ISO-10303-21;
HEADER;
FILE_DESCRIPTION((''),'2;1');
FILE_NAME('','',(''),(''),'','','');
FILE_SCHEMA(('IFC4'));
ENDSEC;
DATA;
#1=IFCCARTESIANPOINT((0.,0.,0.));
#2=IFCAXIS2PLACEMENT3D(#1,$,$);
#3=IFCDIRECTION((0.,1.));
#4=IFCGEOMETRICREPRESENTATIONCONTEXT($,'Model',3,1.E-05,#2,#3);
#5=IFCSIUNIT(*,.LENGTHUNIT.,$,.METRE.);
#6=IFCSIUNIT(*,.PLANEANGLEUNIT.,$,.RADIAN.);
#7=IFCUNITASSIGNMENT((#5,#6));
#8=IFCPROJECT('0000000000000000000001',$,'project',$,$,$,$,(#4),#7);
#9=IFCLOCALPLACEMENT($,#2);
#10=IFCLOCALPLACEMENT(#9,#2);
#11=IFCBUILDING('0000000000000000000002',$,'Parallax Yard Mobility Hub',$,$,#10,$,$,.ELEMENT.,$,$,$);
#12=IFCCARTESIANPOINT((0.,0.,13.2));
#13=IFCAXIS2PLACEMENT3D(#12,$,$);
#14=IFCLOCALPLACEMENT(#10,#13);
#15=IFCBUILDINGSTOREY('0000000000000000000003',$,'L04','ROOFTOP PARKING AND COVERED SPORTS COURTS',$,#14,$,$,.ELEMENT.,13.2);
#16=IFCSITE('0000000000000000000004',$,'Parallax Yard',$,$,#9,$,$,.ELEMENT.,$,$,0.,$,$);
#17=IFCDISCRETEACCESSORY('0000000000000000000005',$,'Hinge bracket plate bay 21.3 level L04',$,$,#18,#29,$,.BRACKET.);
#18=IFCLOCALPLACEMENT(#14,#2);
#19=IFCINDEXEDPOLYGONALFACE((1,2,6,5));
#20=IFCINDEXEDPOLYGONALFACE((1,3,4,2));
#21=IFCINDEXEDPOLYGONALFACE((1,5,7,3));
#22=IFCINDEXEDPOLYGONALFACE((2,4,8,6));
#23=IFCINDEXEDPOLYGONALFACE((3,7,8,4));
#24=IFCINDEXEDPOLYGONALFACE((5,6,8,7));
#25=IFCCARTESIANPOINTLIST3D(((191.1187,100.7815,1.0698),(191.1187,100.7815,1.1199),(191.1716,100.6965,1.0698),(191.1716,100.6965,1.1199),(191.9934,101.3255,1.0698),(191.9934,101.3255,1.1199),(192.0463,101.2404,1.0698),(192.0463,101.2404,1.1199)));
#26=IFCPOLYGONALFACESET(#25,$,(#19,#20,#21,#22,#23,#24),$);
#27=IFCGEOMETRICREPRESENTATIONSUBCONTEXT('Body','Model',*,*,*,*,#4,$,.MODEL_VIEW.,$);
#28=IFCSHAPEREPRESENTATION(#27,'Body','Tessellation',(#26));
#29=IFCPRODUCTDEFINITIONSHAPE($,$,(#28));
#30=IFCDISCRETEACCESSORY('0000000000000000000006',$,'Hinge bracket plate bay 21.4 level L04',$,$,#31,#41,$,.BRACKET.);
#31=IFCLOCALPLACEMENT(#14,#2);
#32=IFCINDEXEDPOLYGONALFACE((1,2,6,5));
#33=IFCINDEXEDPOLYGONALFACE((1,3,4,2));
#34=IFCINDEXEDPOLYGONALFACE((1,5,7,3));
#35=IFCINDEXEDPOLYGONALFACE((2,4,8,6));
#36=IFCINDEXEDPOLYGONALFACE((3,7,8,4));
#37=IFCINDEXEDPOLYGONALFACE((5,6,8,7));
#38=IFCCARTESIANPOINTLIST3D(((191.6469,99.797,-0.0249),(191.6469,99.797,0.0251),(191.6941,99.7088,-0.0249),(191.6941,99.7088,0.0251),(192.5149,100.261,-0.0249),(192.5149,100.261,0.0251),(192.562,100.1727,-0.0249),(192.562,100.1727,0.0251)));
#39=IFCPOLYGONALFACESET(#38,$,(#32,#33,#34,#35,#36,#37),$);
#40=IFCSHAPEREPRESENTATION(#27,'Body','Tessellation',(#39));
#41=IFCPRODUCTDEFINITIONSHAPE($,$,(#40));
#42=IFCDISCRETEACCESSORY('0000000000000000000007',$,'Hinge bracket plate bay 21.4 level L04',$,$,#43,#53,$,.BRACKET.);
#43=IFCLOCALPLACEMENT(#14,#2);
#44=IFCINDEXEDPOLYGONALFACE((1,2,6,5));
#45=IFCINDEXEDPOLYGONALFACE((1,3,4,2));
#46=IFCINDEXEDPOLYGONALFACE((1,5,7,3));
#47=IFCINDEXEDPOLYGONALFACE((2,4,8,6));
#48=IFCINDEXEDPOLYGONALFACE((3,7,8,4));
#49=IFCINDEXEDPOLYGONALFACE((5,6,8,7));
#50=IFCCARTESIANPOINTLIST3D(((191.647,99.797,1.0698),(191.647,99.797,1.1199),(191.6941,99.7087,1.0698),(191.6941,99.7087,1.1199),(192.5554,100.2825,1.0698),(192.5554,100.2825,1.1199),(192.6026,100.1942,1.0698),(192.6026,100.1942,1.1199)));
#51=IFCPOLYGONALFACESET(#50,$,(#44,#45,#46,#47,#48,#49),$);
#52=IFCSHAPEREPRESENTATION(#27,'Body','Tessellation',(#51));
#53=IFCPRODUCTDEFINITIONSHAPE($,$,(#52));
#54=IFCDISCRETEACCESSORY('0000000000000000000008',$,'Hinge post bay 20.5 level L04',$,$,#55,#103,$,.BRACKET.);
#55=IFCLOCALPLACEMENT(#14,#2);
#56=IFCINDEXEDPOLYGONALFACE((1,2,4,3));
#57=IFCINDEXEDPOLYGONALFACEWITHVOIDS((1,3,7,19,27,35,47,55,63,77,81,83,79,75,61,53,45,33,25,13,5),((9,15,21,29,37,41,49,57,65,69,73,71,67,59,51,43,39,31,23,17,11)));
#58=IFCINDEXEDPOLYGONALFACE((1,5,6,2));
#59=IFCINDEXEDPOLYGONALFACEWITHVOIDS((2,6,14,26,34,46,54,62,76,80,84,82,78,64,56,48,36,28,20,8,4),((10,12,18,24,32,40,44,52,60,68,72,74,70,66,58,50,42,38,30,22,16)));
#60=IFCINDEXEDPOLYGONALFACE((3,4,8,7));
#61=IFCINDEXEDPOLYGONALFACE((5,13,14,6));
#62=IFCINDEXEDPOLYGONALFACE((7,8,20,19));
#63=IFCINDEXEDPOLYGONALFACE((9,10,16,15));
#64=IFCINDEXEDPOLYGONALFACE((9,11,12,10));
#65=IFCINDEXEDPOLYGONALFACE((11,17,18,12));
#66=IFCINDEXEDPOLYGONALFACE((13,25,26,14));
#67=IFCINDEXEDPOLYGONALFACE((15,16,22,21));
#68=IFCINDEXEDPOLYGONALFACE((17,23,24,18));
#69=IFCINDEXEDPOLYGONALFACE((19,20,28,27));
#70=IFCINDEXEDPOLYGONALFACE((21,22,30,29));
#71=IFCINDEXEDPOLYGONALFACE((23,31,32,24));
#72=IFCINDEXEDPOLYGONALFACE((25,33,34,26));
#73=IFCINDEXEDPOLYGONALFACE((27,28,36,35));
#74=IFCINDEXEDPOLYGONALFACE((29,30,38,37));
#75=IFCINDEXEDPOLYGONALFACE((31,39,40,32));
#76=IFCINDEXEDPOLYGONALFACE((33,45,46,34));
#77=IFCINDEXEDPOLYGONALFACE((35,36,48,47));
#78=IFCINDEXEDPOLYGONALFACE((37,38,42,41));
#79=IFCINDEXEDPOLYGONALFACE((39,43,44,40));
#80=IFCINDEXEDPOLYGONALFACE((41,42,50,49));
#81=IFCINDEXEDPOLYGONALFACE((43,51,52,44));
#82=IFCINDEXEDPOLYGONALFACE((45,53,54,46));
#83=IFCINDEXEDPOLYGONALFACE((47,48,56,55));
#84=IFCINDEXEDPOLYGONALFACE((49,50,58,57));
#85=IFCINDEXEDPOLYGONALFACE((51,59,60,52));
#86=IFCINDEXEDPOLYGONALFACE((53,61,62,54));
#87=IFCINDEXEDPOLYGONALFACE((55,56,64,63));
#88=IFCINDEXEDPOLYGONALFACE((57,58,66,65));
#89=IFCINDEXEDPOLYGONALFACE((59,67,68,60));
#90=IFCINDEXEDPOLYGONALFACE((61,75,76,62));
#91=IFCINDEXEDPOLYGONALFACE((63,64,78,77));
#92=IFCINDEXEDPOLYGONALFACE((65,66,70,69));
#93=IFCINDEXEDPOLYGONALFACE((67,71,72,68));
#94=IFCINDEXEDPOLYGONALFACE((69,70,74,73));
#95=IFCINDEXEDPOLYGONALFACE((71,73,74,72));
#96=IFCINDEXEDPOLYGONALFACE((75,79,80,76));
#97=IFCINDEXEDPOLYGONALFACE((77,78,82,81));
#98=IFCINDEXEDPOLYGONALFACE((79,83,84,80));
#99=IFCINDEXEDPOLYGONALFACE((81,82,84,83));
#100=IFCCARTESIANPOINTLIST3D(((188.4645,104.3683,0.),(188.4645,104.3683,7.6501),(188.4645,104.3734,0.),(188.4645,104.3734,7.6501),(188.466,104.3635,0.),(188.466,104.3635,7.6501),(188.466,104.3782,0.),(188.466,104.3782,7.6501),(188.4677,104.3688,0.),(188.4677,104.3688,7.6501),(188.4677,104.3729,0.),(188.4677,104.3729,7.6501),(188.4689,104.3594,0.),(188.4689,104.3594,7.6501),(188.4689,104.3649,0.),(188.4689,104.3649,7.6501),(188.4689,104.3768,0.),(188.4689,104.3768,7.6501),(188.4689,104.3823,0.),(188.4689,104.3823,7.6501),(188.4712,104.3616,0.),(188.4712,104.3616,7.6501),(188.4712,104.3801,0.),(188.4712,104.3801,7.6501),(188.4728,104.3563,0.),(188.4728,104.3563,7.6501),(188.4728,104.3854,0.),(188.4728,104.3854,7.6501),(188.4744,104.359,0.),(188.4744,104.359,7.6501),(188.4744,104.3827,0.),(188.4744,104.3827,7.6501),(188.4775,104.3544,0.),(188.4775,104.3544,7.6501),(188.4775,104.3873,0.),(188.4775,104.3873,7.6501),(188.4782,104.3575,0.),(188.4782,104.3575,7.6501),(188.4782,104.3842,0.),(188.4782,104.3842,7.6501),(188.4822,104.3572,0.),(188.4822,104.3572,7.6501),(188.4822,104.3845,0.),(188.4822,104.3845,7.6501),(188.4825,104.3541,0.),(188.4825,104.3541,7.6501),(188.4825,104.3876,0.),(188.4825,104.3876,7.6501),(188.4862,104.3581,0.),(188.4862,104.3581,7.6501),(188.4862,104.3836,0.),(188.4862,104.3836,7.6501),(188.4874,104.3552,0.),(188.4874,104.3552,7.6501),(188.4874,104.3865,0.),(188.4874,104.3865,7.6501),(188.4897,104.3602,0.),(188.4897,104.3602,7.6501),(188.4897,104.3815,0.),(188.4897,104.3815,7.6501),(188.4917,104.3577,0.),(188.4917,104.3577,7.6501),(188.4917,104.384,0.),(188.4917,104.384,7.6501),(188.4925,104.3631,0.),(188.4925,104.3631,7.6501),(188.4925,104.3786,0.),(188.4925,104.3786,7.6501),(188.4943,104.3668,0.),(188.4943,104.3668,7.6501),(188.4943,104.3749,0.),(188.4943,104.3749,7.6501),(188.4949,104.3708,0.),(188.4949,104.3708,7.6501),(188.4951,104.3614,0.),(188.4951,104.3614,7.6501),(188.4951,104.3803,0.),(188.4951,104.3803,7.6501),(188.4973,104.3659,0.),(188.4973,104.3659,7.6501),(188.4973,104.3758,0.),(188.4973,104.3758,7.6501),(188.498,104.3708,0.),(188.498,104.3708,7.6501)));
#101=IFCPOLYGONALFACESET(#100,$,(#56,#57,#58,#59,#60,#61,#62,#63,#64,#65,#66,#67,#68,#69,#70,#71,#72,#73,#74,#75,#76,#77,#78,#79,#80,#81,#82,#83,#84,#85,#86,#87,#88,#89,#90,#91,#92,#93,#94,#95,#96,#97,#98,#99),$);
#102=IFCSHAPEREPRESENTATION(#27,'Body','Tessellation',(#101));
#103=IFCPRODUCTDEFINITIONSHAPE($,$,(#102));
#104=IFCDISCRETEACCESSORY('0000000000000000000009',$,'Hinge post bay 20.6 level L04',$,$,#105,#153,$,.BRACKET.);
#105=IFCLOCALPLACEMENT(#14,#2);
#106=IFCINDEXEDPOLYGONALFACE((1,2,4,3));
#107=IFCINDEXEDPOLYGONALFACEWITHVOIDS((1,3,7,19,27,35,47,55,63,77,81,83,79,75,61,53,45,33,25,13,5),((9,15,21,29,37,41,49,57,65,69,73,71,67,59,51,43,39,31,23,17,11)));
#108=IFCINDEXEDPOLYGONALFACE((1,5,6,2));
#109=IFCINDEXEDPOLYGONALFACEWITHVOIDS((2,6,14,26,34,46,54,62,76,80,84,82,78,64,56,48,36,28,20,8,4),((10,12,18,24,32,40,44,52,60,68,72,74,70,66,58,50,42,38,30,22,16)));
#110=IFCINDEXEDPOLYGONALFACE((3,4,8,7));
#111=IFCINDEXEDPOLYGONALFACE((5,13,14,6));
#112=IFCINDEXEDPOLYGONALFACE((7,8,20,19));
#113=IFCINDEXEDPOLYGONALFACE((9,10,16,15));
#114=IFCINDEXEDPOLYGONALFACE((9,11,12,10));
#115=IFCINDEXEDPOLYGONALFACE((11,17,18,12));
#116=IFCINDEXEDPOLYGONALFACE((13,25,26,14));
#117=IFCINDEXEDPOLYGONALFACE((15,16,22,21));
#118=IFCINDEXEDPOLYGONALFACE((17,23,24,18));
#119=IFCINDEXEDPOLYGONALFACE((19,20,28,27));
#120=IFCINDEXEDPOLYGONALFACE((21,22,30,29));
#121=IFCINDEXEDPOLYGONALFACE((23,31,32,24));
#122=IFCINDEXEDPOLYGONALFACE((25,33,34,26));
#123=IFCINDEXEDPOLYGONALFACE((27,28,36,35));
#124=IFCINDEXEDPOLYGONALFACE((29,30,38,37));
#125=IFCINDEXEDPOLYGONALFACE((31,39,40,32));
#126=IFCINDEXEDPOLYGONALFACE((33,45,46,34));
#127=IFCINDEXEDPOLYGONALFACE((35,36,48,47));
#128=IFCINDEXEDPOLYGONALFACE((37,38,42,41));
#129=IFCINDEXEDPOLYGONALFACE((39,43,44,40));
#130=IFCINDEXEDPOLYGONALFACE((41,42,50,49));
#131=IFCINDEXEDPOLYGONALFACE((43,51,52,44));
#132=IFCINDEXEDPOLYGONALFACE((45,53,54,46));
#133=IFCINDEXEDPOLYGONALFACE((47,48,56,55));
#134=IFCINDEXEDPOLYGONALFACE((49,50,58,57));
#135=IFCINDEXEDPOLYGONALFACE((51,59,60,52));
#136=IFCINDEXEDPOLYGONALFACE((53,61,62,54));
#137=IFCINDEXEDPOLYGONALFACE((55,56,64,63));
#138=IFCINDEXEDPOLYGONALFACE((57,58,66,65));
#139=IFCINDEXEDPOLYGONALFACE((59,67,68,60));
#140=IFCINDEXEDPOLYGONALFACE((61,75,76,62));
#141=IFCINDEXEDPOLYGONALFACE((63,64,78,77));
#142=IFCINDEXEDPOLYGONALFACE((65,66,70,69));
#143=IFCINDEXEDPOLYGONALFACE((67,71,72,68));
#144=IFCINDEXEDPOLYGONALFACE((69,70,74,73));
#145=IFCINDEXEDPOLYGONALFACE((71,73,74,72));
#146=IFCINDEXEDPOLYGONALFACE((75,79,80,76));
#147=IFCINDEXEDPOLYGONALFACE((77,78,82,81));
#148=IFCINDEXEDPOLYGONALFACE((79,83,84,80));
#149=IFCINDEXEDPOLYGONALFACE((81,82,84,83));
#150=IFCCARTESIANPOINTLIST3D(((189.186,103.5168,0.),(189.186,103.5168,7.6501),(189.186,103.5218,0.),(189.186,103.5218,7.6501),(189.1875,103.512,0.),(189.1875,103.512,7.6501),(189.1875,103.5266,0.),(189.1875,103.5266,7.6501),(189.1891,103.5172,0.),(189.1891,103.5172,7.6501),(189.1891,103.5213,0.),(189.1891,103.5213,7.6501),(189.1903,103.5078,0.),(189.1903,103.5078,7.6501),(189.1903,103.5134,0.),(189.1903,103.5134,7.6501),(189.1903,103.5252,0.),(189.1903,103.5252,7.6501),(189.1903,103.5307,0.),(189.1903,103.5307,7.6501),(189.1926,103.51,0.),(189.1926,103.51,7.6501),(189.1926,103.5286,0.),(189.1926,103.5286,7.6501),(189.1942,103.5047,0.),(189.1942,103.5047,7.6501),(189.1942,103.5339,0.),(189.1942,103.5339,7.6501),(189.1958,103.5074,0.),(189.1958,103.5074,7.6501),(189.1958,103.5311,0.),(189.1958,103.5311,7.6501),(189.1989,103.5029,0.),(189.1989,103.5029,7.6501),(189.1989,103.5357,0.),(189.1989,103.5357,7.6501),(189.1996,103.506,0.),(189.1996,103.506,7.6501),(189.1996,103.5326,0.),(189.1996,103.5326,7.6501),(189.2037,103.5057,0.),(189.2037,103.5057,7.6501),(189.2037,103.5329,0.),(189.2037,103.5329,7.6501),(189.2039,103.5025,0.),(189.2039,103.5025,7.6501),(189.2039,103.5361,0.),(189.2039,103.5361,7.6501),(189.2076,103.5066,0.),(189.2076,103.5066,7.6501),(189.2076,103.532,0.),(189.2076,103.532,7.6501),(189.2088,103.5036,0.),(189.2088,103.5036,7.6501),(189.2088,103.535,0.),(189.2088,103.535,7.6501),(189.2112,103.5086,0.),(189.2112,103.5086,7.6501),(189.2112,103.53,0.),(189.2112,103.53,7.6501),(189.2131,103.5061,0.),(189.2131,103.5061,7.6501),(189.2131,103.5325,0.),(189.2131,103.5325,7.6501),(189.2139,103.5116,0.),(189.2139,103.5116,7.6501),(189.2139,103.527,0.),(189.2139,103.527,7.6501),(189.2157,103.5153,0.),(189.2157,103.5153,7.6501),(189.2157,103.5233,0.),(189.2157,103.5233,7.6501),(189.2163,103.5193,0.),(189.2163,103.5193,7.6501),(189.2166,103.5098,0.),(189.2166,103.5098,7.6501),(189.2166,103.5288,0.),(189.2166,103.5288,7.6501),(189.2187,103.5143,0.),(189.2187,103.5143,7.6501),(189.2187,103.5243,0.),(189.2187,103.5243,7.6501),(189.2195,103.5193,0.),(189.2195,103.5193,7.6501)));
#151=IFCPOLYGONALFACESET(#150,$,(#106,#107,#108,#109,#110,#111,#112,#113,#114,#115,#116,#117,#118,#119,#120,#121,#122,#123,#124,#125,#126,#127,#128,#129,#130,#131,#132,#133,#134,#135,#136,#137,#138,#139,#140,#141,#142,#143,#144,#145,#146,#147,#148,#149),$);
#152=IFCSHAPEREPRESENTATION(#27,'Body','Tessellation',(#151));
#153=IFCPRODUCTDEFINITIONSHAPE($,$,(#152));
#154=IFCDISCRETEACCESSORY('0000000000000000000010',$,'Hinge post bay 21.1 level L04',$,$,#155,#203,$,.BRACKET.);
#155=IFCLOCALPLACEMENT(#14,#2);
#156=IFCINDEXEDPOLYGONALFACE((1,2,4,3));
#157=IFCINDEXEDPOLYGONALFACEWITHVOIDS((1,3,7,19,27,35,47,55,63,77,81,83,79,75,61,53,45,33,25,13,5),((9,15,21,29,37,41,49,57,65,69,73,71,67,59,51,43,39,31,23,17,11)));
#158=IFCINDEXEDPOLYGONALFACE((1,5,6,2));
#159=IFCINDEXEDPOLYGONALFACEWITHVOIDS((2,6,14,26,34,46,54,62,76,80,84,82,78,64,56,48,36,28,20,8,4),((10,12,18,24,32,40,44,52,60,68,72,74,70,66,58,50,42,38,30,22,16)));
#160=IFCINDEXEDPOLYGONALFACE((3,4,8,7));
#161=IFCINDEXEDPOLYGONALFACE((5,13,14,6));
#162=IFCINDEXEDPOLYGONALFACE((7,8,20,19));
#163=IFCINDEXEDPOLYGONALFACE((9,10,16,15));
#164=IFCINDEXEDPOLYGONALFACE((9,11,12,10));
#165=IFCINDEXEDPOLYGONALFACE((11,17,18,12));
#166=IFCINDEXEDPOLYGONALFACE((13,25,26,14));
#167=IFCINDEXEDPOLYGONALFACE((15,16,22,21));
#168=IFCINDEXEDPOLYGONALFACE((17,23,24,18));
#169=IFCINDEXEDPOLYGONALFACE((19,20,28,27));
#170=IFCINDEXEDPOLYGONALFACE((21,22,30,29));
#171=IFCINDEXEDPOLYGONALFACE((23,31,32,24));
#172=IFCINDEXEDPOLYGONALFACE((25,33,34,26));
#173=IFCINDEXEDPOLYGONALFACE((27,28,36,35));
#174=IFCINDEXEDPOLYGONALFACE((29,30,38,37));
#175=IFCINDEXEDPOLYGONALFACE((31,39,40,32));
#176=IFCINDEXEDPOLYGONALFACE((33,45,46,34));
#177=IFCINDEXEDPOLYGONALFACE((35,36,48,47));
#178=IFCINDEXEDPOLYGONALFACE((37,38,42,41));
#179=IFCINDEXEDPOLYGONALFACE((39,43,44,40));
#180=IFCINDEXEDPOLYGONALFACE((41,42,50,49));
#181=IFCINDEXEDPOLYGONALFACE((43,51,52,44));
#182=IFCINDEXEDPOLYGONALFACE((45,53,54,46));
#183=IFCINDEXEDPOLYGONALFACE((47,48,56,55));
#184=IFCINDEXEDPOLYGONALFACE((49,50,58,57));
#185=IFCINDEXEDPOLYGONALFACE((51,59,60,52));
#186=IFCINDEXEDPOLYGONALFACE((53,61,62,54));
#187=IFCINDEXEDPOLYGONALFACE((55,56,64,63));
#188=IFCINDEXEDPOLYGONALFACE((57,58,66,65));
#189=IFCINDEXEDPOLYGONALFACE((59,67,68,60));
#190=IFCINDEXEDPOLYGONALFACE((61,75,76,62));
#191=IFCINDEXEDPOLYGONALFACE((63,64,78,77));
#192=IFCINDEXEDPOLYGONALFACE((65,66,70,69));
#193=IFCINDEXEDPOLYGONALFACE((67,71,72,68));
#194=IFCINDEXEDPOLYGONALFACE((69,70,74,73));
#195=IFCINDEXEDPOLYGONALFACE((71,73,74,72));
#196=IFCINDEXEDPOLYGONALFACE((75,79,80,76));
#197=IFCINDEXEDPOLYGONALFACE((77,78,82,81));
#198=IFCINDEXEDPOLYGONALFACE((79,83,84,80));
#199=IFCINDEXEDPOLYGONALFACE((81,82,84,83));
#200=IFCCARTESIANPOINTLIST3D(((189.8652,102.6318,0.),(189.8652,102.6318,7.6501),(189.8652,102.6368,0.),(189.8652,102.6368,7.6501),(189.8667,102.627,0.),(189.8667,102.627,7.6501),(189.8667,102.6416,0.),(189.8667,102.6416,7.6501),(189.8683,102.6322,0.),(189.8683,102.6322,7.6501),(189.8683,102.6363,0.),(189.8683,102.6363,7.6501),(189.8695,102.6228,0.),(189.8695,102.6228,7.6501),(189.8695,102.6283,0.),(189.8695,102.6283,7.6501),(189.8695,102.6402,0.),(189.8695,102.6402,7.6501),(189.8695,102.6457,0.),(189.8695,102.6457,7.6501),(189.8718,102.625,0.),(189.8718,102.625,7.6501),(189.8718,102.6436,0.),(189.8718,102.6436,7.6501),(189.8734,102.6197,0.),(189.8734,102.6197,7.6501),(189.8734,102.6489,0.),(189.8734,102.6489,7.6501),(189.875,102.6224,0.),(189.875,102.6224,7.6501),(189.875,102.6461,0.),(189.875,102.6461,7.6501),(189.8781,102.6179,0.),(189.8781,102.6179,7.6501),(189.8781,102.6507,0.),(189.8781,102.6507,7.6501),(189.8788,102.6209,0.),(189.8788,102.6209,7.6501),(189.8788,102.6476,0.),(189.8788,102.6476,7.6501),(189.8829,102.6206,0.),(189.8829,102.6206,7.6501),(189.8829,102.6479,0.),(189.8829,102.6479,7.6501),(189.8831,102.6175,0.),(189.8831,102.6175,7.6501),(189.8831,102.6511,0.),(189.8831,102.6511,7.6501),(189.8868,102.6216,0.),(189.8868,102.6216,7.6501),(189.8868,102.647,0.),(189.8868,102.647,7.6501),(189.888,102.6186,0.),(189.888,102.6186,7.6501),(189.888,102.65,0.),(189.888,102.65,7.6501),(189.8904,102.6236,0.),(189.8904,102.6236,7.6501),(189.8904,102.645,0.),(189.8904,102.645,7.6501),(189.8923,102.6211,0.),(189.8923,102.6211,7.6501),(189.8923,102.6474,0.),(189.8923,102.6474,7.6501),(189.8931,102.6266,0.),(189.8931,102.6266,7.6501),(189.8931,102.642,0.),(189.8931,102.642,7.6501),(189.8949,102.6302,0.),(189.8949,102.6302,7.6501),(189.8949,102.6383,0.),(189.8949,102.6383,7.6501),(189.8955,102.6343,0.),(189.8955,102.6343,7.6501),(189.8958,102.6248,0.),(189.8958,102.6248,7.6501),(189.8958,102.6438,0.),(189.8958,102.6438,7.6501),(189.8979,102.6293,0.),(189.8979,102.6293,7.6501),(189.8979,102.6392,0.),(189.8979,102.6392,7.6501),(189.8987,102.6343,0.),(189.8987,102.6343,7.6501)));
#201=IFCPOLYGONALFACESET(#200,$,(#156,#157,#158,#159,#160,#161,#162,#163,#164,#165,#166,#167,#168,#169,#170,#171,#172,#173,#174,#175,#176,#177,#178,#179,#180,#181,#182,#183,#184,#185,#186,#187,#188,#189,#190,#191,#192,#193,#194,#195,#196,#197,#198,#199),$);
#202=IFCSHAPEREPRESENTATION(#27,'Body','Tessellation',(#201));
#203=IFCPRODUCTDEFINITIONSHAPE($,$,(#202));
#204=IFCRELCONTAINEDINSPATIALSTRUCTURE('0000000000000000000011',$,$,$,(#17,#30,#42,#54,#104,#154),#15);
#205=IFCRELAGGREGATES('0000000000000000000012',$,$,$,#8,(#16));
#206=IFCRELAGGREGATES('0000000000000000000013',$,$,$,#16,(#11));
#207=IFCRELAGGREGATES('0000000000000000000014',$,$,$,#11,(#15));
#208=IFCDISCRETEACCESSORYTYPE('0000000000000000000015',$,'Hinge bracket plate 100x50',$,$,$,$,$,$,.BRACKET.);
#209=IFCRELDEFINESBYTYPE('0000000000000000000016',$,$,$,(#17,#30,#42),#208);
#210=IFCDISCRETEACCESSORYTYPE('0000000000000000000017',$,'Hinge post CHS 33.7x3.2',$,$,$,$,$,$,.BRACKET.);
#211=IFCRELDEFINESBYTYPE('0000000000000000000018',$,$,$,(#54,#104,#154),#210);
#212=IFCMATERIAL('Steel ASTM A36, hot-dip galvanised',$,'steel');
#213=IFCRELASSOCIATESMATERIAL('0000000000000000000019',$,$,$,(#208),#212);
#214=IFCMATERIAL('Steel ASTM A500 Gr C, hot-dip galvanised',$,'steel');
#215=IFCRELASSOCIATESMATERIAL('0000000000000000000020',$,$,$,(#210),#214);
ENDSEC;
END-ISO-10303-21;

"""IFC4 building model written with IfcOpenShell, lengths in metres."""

from ifc_helpers import new_model, si_unit, direction, frame, origin, origin_2d, place, context, subcontext, project, spatial, rectangle, hollow_circle, extrude, material, material_profile, profile_set, type_object, element, save


model = new_model("IFC4")

# Units and contexts
model_context = context("Model", 3, precision=1e-05, world=origin(), true_north=direction((0.0, 1.0)))
body_context = subcontext(model_context, "Body", "Model", "MODEL_VIEW")
ifc_project = project(units=[si_unit("LENGTHUNIT", "METRE"), si_unit("PLANEANGLEUNIT", "RADIAN")], contexts=[model_context])

# Site, building, storey
site_placement = place(None, origin())
site = spatial("IfcSite", under=ifc_project, at=site_placement, Name="Parallax Yard", CompositionType="ELEMENT", RefElevation=0.0)
building_placement = place(site_placement, origin())
building = spatial("IfcBuilding", under=site, at=building_placement, Name="Parallax Yard Mobility Hub", CompositionType="ELEMENT")
storey_placement = place(building_placement, frame((0.0, 0.0, 13.2)))
storey = spatial("IfcBuildingStorey", under=building, at=storey_placement, Name="L04", Description="ROOFTOP PARKING AND COVERED SPORTS COURTS", CompositionType="ELEMENT", Elevation=13.2)

# Discrete accessories
ifc_material_1 = material(Name="Steel ASTM A36, hot-dip galvanised", Category="steel")
discrete_accessory_type_1 = type_object("IfcDiscreteAccessoryType", Name="Hinge bracket plate 100x50", PredefinedType="BRACKET", material=ifc_material_1)
discrete_accessory_1_placement = place(storey_placement, frame((191.5825, 101.011, 1.0698), z_axis=(0.0, 0.0, 1.0), x_axis=(-0.849202, -0.528068, 0.0)))
element("IfcDiscreteAccessory", 1, at=discrete_accessory_1_placement, inside=storey, type_object=discrete_accessory_type_1, Name="Hinge bracket plate bay 21.3 level L04", PredefinedType="BRACKET", context=body_context, shape_type="SweptSolid", body=[
    extrude(rectangle(XDim=1.03, YDim=0.1001, at=origin_2d()), origin(), (0.0, 0.0, 1.0), 0.05),
])
discrete_accessory_2_placement = place(storey_placement, frame((192.1045, 99.9849, -0.0249), z_axis=(0.0, 0.0, 1.0), x_axis=(-0.881921, -0.471397, 0.0)))
element("IfcDiscreteAccessory", 2, at=discrete_accessory_2_placement, inside=storey, type_object=discrete_accessory_type_1, Name="Hinge bracket plate bay 21.4 level L04", PredefinedType="BRACKET", context=body_context, shape_type="SweptSolid", body=[
    extrude(rectangle(XDim=0.9841, YDim=0.1001, at=origin_2d()), origin(), (0.0, 0.0, 1.0), 0.05),
])
discrete_accessory_3_placement = place(storey_placement, frame((192.1248, 99.9956, 1.0698), z_axis=(0.0, 0.0, 1.0), x_axis=(-0.881921, -0.471397, 0.0)))
element("IfcDiscreteAccessory", 3, at=discrete_accessory_3_placement, inside=storey, type_object=discrete_accessory_type_1, Name="Hinge bracket plate bay 21.4 level L04", PredefinedType="BRACKET", context=body_context, shape_type="SweptSolid", body=[
    extrude(rectangle(XDim=1.03, YDim=0.1001, at=origin_2d()), origin(), (0.0, 0.0, 1.0), 0.05),
])
ifc_material_2 = material(Name="Steel ASTM A500 Gr C, hot-dip galvanised", Category="steel")
ifc_material_profile_1 = material_profile(ifc_material_2, hollow_circle(Radius=0.0168, WallThickness=0.0032, at=origin_2d()), Name="CHS 33.7x3.2")
ifc_profile_set_1 = profile_set([ifc_material_profile_1], Name="Steel ASTM A500 Gr C, hot-dip galvanised")
discrete_accessory_type_2 = type_object("IfcDiscreteAccessoryType", Name="Hinge post CHS 33.7x3.2", PredefinedType="BRACKET", material=ifc_profile_set_1)
for number, where, z_axis, x_axis, name in (
    (4, (188.4812, 104.3708, 0.0), (0.0, 0.0, 1.0), (1.0, 0.0, 0.0), "Hinge post bay 20.5 level L04"),
    (5, (189.2026, 103.5193, 0.0), (0.0, 0.0, 1.0), (1.0, 0.0, 0.0), "Hinge post bay 20.6 level L04"),
    (6, (189.8818, 102.6343, 0.0), (0.0, 0.0, 1.0), (1.0, 0.0, 0.0), "Hinge post bay 21.1 level L04"),
):
    element("IfcDiscreteAccessory", number, at=place(storey_placement, frame(where, z_axis=z_axis, x_axis=x_axis)), inside=storey, type_object=discrete_accessory_type_2, Name=name, PredefinedType="BRACKET", context=body_context, shape_type="SweptSolid", body=[
        extrude(hollow_circle(Radius=0.0168, WallThickness=0.0032, at=origin_2d()), origin(), (0.0, 0.0, 1.0), 7.6501),
    ])

save(model, "model.ifc")
